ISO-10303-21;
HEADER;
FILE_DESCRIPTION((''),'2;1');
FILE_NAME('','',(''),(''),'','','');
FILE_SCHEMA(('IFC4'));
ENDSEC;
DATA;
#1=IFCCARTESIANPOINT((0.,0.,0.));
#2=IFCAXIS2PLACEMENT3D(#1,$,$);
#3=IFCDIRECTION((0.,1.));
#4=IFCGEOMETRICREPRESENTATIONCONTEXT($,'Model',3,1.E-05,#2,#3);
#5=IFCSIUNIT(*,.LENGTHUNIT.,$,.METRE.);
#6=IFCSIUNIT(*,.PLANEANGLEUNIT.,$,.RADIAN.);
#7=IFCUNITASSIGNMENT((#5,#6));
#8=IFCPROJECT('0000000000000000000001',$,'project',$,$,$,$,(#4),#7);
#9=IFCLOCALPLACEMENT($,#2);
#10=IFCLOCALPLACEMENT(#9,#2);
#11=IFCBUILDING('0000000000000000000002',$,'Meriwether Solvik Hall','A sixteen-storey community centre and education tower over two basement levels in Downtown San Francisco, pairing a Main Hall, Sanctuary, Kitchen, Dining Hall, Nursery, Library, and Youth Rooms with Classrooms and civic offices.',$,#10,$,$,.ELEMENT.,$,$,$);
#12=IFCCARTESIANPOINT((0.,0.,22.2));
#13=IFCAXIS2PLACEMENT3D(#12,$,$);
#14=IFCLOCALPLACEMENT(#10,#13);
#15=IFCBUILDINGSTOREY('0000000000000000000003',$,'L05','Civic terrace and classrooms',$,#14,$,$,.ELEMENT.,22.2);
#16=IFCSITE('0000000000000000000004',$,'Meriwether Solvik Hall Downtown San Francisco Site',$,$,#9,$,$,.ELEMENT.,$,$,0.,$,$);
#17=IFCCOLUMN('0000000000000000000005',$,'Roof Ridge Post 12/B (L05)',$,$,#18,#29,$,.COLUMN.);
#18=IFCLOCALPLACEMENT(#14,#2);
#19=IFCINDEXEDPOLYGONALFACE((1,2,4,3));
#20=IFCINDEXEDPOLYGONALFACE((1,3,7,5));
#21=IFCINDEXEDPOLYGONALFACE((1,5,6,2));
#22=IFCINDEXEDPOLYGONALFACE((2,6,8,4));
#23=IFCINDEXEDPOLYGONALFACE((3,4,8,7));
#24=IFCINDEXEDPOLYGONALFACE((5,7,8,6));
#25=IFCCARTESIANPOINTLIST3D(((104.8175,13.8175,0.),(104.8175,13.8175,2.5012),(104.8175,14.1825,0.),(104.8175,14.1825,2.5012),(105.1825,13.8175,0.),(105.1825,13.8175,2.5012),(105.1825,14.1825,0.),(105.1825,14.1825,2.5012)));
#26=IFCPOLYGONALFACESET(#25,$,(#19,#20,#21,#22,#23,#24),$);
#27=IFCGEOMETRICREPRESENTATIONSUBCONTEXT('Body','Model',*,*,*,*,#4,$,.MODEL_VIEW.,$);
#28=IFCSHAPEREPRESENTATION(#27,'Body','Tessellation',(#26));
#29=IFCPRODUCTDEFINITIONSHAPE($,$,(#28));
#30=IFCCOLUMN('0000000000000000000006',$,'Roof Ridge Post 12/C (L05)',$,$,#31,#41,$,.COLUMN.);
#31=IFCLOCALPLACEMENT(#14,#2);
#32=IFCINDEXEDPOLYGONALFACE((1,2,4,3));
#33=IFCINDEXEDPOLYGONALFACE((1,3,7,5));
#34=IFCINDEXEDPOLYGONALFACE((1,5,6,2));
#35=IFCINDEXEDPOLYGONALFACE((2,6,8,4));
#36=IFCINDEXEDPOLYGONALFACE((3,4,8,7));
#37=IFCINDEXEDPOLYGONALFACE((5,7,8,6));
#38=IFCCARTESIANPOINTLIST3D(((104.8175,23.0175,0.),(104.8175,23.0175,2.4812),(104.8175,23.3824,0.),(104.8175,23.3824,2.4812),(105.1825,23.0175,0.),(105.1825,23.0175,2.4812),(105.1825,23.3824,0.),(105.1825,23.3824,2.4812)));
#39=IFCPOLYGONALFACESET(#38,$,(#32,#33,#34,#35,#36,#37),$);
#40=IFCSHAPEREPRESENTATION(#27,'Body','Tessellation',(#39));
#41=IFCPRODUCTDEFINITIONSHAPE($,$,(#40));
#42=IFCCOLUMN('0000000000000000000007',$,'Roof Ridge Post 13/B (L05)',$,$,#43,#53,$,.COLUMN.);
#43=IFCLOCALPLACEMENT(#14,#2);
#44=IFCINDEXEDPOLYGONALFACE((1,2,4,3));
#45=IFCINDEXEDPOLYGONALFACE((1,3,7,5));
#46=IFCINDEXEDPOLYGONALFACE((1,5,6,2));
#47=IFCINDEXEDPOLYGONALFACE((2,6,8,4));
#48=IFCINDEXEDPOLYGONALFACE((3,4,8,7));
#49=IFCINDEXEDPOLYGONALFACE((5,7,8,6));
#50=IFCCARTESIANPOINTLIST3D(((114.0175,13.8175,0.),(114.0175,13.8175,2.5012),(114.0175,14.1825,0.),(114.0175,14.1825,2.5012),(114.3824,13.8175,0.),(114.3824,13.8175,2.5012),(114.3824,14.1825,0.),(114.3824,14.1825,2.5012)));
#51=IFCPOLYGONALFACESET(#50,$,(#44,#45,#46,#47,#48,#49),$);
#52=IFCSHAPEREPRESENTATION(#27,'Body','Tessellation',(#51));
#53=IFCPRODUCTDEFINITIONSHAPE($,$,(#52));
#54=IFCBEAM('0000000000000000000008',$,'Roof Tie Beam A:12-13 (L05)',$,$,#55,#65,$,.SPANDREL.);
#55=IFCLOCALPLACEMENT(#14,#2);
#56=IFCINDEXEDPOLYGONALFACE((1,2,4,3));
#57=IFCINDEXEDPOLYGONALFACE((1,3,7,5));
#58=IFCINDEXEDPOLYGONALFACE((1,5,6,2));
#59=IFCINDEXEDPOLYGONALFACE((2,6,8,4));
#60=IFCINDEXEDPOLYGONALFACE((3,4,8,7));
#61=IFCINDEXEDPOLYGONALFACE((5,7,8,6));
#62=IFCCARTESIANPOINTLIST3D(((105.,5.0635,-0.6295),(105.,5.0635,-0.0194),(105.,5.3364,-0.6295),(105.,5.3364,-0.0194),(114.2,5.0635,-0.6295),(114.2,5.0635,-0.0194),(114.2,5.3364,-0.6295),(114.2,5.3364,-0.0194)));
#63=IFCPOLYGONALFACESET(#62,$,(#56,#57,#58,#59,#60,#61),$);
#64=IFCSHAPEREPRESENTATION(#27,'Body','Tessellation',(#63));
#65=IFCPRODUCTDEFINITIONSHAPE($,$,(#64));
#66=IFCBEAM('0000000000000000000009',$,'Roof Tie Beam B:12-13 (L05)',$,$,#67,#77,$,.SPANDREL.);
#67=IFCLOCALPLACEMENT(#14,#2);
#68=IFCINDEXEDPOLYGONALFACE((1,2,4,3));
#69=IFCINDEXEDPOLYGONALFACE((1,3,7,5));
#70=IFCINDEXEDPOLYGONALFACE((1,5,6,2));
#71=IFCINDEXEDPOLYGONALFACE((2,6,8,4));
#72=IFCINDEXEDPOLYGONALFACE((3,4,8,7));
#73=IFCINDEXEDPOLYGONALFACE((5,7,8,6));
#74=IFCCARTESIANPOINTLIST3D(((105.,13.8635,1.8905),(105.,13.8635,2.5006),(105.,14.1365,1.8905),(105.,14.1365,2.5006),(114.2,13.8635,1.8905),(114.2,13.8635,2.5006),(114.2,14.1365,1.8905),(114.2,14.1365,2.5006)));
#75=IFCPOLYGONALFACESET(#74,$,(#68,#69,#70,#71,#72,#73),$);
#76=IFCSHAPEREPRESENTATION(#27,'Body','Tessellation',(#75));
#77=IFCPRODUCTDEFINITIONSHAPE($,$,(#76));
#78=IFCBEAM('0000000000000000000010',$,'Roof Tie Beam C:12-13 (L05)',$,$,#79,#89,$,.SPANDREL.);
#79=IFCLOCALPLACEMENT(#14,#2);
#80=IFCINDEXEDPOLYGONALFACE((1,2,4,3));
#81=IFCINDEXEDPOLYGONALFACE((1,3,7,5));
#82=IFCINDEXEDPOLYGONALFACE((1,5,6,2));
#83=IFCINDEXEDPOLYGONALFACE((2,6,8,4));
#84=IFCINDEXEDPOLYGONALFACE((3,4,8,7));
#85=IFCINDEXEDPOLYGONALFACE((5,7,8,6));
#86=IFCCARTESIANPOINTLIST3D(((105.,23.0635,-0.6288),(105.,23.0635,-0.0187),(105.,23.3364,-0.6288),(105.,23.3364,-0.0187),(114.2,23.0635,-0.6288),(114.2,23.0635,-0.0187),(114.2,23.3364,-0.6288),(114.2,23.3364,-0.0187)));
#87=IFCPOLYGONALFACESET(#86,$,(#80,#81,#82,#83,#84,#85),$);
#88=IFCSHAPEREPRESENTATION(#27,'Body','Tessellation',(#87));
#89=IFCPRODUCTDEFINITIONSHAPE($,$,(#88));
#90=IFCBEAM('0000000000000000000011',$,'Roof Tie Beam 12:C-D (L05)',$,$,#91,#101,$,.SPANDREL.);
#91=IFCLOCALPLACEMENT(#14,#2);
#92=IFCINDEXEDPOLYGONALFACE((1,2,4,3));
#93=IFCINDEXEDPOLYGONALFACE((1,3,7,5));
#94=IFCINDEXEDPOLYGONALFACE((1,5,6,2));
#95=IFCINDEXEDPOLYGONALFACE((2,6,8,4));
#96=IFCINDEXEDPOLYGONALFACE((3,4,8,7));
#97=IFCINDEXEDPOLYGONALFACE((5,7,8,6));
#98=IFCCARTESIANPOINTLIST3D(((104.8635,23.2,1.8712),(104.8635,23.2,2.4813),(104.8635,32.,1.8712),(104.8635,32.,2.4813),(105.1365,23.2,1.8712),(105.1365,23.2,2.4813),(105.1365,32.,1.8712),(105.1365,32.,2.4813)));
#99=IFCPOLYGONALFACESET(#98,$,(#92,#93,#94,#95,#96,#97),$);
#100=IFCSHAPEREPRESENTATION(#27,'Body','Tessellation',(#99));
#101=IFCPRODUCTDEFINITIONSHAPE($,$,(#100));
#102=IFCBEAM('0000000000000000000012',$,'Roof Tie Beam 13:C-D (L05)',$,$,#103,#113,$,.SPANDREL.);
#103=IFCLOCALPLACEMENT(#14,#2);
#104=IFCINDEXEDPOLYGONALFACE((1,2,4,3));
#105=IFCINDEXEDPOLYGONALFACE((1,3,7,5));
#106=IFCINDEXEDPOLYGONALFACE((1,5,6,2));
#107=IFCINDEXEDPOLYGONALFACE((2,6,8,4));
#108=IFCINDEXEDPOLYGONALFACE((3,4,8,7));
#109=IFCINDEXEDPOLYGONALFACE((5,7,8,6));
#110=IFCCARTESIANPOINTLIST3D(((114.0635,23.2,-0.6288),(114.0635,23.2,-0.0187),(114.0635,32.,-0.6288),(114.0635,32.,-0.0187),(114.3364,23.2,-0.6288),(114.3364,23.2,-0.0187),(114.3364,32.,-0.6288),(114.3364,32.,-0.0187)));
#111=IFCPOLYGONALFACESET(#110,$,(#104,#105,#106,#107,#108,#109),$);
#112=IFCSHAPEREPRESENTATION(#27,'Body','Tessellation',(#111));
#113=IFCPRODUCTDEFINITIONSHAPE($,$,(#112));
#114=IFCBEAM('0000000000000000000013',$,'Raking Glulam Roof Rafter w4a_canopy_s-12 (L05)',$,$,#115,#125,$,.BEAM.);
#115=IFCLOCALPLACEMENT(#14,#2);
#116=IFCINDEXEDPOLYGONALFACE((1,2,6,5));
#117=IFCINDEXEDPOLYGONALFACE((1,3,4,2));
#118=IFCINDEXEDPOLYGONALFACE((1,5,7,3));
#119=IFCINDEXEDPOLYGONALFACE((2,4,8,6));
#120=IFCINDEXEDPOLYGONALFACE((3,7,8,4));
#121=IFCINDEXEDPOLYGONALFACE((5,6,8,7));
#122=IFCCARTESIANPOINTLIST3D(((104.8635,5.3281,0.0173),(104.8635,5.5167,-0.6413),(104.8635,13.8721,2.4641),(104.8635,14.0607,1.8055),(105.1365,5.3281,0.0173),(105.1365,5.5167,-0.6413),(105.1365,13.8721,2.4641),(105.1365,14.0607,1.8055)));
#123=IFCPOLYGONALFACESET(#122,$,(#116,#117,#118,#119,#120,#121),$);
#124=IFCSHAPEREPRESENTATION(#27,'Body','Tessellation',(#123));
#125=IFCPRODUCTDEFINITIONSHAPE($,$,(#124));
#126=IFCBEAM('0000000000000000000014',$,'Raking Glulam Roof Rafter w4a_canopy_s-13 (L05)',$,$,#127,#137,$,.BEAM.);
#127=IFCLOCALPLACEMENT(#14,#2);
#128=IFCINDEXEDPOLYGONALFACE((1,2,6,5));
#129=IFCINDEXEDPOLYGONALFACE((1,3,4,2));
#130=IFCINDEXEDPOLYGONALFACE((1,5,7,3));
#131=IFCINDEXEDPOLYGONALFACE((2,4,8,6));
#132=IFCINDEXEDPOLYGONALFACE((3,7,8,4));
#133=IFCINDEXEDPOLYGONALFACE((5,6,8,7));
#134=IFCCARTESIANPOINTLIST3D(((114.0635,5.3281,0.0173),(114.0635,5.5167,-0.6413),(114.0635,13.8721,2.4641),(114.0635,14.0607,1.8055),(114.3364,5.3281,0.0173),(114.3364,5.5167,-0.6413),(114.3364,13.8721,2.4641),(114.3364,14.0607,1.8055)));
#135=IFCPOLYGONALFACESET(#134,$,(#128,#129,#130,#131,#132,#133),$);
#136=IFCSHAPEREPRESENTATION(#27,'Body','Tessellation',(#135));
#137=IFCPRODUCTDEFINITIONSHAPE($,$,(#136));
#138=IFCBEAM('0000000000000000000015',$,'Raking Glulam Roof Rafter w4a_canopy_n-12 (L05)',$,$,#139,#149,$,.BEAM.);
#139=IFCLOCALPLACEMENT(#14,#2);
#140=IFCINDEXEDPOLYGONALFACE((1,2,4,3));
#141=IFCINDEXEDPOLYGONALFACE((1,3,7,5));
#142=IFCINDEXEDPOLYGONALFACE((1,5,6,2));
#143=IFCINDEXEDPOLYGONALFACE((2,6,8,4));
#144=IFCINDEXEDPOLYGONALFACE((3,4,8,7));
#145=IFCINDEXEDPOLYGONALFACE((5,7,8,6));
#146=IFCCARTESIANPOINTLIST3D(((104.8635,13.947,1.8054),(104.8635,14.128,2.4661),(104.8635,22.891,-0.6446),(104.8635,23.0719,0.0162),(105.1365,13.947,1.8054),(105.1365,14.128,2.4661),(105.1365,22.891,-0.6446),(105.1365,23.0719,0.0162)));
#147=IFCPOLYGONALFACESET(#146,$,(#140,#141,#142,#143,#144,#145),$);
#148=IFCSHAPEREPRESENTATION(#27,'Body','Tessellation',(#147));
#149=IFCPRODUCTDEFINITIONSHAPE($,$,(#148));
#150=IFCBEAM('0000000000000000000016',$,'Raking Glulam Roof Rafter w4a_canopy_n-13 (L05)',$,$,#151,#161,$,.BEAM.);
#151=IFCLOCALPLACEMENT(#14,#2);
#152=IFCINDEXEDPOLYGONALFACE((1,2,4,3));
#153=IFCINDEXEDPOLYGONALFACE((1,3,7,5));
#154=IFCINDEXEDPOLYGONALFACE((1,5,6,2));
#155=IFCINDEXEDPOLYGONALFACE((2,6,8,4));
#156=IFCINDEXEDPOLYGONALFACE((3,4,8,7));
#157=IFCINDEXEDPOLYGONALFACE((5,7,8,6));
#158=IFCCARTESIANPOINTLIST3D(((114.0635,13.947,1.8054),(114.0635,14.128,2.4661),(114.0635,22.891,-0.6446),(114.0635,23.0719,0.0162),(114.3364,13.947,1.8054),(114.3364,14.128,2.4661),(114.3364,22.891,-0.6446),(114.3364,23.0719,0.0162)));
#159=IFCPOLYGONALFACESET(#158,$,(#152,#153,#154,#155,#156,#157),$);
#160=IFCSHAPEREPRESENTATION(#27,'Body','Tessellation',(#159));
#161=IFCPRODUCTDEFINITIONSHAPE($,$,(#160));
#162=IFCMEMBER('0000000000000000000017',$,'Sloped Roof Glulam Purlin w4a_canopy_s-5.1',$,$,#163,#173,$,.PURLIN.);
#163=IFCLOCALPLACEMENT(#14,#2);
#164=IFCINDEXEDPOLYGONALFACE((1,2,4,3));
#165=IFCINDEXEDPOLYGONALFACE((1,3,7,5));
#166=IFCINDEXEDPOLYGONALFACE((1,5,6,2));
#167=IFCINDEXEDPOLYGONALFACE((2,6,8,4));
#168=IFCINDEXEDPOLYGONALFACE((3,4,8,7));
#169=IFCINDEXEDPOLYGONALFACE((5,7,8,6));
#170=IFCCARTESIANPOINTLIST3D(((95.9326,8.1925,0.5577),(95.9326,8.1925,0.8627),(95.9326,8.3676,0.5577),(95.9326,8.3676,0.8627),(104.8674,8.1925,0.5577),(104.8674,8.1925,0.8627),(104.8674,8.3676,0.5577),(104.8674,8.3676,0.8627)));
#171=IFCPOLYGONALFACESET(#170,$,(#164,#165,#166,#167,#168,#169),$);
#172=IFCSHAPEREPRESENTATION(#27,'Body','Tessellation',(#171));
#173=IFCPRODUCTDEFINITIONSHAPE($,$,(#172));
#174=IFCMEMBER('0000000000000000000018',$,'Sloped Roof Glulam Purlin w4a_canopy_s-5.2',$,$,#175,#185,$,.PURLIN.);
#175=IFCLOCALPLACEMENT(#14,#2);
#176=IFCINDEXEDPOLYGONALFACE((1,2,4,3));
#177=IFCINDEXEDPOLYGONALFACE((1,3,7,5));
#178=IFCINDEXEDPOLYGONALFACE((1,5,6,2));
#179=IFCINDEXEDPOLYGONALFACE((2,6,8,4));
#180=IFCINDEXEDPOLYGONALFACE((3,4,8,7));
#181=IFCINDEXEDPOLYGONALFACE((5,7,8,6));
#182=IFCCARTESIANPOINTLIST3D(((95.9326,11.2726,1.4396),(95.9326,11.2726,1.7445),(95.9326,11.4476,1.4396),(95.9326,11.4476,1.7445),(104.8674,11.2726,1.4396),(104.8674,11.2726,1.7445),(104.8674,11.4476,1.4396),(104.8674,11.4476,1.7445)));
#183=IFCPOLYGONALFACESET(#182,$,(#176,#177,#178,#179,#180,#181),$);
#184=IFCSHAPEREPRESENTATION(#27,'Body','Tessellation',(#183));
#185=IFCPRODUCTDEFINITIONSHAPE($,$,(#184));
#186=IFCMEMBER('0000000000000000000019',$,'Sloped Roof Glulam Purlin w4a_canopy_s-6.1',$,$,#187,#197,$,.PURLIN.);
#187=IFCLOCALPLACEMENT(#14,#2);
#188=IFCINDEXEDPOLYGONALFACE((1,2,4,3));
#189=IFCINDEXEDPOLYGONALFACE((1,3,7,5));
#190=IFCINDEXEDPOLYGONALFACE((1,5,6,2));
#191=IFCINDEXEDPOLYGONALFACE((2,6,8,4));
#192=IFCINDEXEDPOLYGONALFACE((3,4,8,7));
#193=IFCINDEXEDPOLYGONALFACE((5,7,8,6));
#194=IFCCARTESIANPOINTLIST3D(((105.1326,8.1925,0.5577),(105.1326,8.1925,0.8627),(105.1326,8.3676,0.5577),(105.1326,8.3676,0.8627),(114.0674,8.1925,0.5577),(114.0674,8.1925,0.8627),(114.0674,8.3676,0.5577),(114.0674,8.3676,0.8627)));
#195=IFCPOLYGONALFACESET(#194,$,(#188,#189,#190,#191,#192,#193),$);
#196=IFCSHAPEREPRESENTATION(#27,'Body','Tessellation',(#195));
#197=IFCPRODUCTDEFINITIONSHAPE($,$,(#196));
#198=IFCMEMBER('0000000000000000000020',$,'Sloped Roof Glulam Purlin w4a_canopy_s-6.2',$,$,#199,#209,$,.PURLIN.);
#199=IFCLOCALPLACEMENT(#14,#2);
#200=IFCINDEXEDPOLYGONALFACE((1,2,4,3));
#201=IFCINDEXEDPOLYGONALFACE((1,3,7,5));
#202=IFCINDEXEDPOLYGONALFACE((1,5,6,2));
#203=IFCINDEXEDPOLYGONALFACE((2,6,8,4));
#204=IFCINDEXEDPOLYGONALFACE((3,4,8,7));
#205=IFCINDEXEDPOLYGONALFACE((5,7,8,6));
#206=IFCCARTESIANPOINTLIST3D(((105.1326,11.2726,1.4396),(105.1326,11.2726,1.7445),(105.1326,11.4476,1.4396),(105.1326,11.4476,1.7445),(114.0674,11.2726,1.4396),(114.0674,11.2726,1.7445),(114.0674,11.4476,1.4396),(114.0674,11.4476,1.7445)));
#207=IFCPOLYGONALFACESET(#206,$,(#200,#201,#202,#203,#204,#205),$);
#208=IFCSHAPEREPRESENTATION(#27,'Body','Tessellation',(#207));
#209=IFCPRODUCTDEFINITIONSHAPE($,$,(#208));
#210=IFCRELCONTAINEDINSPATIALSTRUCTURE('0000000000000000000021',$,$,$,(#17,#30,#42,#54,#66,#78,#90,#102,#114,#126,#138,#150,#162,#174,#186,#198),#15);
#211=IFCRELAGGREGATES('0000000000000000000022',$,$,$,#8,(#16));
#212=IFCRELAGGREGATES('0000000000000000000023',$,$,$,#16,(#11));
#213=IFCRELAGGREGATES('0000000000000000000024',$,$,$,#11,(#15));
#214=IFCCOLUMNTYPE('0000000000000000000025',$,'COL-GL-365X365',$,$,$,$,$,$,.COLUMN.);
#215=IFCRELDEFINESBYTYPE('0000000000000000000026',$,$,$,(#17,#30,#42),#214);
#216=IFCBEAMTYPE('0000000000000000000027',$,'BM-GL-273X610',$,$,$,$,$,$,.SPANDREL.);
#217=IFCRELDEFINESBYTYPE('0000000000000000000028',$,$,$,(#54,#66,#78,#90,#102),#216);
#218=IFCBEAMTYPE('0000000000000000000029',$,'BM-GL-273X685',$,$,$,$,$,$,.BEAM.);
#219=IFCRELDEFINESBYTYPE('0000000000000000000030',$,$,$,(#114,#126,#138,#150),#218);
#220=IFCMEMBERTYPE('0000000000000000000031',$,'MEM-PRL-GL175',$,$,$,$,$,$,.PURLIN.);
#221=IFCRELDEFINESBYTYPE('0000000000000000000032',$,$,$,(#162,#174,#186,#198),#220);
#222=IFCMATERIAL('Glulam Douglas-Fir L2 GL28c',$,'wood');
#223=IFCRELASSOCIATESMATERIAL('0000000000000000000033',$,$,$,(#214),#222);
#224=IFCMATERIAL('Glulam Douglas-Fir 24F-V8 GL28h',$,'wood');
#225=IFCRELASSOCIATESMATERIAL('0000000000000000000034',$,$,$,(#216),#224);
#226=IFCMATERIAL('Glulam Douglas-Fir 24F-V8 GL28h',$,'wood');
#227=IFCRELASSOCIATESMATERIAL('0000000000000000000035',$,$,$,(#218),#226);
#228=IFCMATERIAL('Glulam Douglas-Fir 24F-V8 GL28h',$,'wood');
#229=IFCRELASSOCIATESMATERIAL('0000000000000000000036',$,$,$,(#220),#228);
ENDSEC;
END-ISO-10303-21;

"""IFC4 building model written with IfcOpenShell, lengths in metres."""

from ifc_helpers import new_model, si_unit, direction, frame, origin, origin_2d, place, context, subcontext, project, spatial, rectangle, extrude, material, material_profile, profile_set, type_object, element, save


model = new_model("IFC4")

# Units and contexts
model_context = context("Model", 3, precision=1e-05, world=origin(), true_north=direction((0.0, 1.0)))
body_context = subcontext(model_context, "Body", "Model", "MODEL_VIEW")
ifc_project = project(units=[si_unit("LENGTHUNIT", "METRE"), si_unit("PLANEANGLEUNIT", "RADIAN")], contexts=[model_context])

# Site, building, storey
site_placement = place(None, origin())
site = spatial("IfcSite", under=ifc_project, at=site_placement, Name="Meriwether Solvik Hall Downtown San Francisco Site", CompositionType="ELEMENT", RefElevation=0.0)
building_placement = place(site_placement, origin())
building = spatial("IfcBuilding", under=site, at=building_placement, Name="Meriwether Solvik Hall", Description="A sixteen-storey community centre and education tower over two basement levels in Downtown San Francisco, pairing a Main Hall, Sanctuary, Kitchen, Dining Hall, Nursery, Library, and Youth Rooms with Classrooms and civic offices.", CompositionType="ELEMENT")
storey_placement = place(building_placement, frame((0.0, 0.0, 22.2)))
storey = spatial("IfcBuildingStorey", under=building, at=storey_placement, Name="L05", Description="Civic terrace and classrooms", CompositionType="ELEMENT", Elevation=22.2)

# Columns
ifc_material_1 = material(Name="Glulam Douglas-Fir L2 GL28c", Category="wood")
ifc_material_profile_1 = material_profile(ifc_material_1, rectangle(XDim=0.365, YDim=0.365, at=origin_2d()), Name="GLC-365X365")
ifc_profile_set_1 = profile_set([ifc_material_profile_1], Name="Glulam Douglas-Fir L2 GL28c")
column_type = type_object("IfcColumnType", Name="COL-GL-365X365", PredefinedType="COLUMN", material=ifc_profile_set_1)
column_1_placement = place(storey_placement, frame((105.0, 14.0, 0.0), z_axis=(0.0, 0.0, 1.0), x_axis=(1.0, 0.0, 0.0)))
element("IfcColumn", 1, at=column_1_placement, inside=storey, type_object=column_type, Name="Roof Ridge Post 12/B (L05)", PredefinedType="COLUMN", context=body_context, shape_type="SweptSolid", body=[
    extrude(rectangle(XDim=0.365, YDim=0.365, at=origin_2d()), origin(), (0.0, 0.0, 1.0), 2.5012),
])
column_2_placement = place(storey_placement, frame((105.0, 23.2, 0.0), z_axis=(0.0, 0.0, 1.0), x_axis=(1.0, 0.0, 0.0)))
element("IfcColumn", 2, at=column_2_placement, inside=storey, type_object=column_type, Name="Roof Ridge Post 12/C (L05)", PredefinedType="COLUMN", context=body_context, shape_type="SweptSolid", body=[
    extrude(rectangle(XDim=0.365, YDim=0.365, at=origin_2d()), origin(), (0.0, 0.0, 1.0), 2.4812),
])
column_3_placement = place(storey_placement, frame((114.2, 14.0, 0.0), z_axis=(0.0, 0.0, 1.0), x_axis=(1.0, 0.0, 0.0)))
element("IfcColumn", 3, at=column_3_placement, inside=storey, type_object=column_type, Name="Roof Ridge Post 13/B (L05)", PredefinedType="COLUMN", context=body_context, shape_type="SweptSolid", body=[
    extrude(rectangle(XDim=0.365, YDim=0.365, at=origin_2d()), origin(), (0.0, 0.0, 1.0), 2.5012),
])

# Beams
ifc_material_2 = material(Name="Glulam Douglas-Fir 24F-V8 GL28h", Category="wood")
ifc_material_profile_2 = material_profile(ifc_material_2, rectangle(XDim=0.2729, YDim=0.6101, at=origin_2d()), Name="GLB-273X610")
ifc_profile_set_2 = profile_set([ifc_material_profile_2], Name="Glulam Douglas-Fir 24F-V8 GL28h")
beam_type_1 = type_object("IfcBeamType", Name="BM-GL-273X610", PredefinedType="SPANDREL", material=ifc_profile_set_2)
for number, where, z_axis, x_axis, name in (
    (4, (105.0, 5.2, -0.3245), (1.0, 0.0, 0.0), (0.0, 1.0, 0.0), "Roof Tie Beam A:12-13 (L05)"),
    (5, (105.0, 14.0, 2.1956), (1.0, 0.0, 0.0), (0.0, 1.0, 0.0), "Roof Tie Beam B:12-13 (L05)"),
    (6, (105.0, 23.2, -0.3237), (1.0, 0.0, 0.0), (0.0, 1.0, 0.0), "Roof Tie Beam C:12-13 (L05)"),
):
    element("IfcBeam", number, at=place(storey_placement, frame(where, z_axis=z_axis, x_axis=x_axis)), inside=storey, type_object=beam_type_1, Name=name, PredefinedType="SPANDREL", context=body_context, shape_type="SweptSolid", body=[
        extrude(rectangle(XDim=0.2729, YDim=0.6101, at=origin_2d()), origin(), (0.0, 0.0, 1.0), 9.2),
    ])
for number, where, z_axis, x_axis, name in (
    (7, (105.0, 23.2, 2.1763), (0.0, 1.0, 0.0), (-1.0, 0.0, 0.0), "Roof Tie Beam 12:C-D (L05)"),
    (8, (114.2, 23.2, -0.3237), (0.0, 1.0, 0.0), (-1.0, 0.0, 0.0), "Roof Tie Beam 13:C-D (L05)"),
):
    element("IfcBeam", number, at=place(storey_placement, frame(where, z_axis=z_axis, x_axis=x_axis)), inside=storey, type_object=beam_type_1, Name=name, PredefinedType="SPANDREL", context=body_context, shape_type="SweptSolid", body=[
        extrude(rectangle(XDim=0.2729, YDim=0.6101, at=origin_2d()), origin(), (0.0, 0.0, 1.0), 8.8),
    ])
ifc_material_3 = material(Name="Glulam Douglas-Fir 24F-V8 GL28h", Category="wood")
ifc_material_profile_3 = material_profile(ifc_material_3, rectangle(XDim=0.2729, YDim=0.6851, at=origin_2d()), Name="GLB-273X685")
ifc_profile_set_3 = profile_set([ifc_material_profile_3], Name="Glulam Douglas-Fir 24F-V8 GL28h")
beam_type_2 = type_object("IfcBeamType", Name="BM-GL-273X685", PredefinedType="BEAM", material=ifc_profile_set_3)
for number, where, z_axis, x_axis, name in (
    (9, (105.0, 5.4224, -0.312), (0.0, 0.961356, 0.275309), (-1.0, 0.0, 0.0), "Raking Glulam Roof Rafter w4a_canopy_s-12 (L05)"),
    (10, (114.2, 5.4224, -0.312), (0.0, 0.961356, 0.275309), (-1.0, 0.0, 0.0), "Raking Glulam Roof Rafter w4a_canopy_s-13 (L05)"),
):
    element("IfcBeam", number, at=place(storey_placement, frame(where, z_axis=z_axis, x_axis=x_axis)), inside=storey, type_object=beam_type_2, Name=name, PredefinedType="BEAM", context=body_context, shape_type="SweptSolid", body=[
        extrude(rectangle(XDim=0.2729, YDim=0.6851, at=origin_2d()), origin(), (0.0, 0.0, 1.0), 8.8875),
    ])
for number, where, z_axis, x_axis, name in (
    (11, (105.0, 22.9814, -0.3142), (0.0, -0.96447, 0.264193), (1.0, 0.0, 0.0), "Raking Glulam Roof Rafter w4a_canopy_n-12 (L05)"),
    (12, (114.2, 22.9814, -0.3142), (0.0, -0.96447, 0.264193), (1.0, 0.0, 0.0), "Raking Glulam Roof Rafter w4a_canopy_n-13 (L05)"),
):
    element("IfcBeam", number, at=place(storey_placement, frame(where, z_axis=z_axis, x_axis=x_axis)), inside=storey, type_object=beam_type_2, Name=name, PredefinedType="BEAM", context=body_context, shape_type="SweptSolid", body=[
        extrude(rectangle(XDim=0.2729, YDim=0.6851, at=origin_2d()), origin(), (0.0, 0.0, 1.0), 9.2734),
    ])

# Members
ifc_material_4 = material(Name="Glulam Douglas-Fir 24F-V8 GL28h", Category="wood")
ifc_material_profile_4 = material_profile(ifc_material_4, rectangle(XDim=0.175, YDim=0.3049, at=origin_2d()), Name="GLM-175X305")
ifc_profile_set_4 = profile_set([ifc_material_profile_4], Name="Glulam Douglas-Fir 24F-V8 GL28h")
member_type = type_object("IfcMemberType", Name="MEM-PRL-GL175", PredefinedType="PURLIN", material=ifc_profile_set_4)
for number, where, z_axis, x_axis, name in (
    (13, (95.9326, 8.28, 0.7102), (1.0, 0.0, 0.0), (0.0, 1.0, 0.0), "Sloped Roof Glulam Purlin w4a_canopy_s-5.1"),
    (14, (95.9326, 11.3601, 1.592), (1.0, 0.0, 0.0), (0.0, 1.0, 0.0), "Sloped Roof Glulam Purlin w4a_canopy_s-5.2"),
    (15, (105.1326, 8.28, 0.7102), (1.0, 0.0, 0.0), (0.0, 1.0, 0.0), "Sloped Roof Glulam Purlin w4a_canopy_s-6.1"),
    (16, (105.1326, 11.3601, 1.592), (1.0, 0.0, 0.0), (0.0, 1.0, 0.0), "Sloped Roof Glulam Purlin w4a_canopy_s-6.2"),
):
    element("IfcMember", number, at=place(storey_placement, frame(where, z_axis=z_axis, x_axis=x_axis)), inside=storey, type_object=member_type, Name=name, PredefinedType="PURLIN", context=body_context, shape_type="SweptSolid", body=[
        extrude(rectangle(XDim=0.175, YDim=0.3049, at=origin_2d()), origin(), (0.0, 0.0, 1.0), 8.9348),
    ])

save(model, "model.ifc")
